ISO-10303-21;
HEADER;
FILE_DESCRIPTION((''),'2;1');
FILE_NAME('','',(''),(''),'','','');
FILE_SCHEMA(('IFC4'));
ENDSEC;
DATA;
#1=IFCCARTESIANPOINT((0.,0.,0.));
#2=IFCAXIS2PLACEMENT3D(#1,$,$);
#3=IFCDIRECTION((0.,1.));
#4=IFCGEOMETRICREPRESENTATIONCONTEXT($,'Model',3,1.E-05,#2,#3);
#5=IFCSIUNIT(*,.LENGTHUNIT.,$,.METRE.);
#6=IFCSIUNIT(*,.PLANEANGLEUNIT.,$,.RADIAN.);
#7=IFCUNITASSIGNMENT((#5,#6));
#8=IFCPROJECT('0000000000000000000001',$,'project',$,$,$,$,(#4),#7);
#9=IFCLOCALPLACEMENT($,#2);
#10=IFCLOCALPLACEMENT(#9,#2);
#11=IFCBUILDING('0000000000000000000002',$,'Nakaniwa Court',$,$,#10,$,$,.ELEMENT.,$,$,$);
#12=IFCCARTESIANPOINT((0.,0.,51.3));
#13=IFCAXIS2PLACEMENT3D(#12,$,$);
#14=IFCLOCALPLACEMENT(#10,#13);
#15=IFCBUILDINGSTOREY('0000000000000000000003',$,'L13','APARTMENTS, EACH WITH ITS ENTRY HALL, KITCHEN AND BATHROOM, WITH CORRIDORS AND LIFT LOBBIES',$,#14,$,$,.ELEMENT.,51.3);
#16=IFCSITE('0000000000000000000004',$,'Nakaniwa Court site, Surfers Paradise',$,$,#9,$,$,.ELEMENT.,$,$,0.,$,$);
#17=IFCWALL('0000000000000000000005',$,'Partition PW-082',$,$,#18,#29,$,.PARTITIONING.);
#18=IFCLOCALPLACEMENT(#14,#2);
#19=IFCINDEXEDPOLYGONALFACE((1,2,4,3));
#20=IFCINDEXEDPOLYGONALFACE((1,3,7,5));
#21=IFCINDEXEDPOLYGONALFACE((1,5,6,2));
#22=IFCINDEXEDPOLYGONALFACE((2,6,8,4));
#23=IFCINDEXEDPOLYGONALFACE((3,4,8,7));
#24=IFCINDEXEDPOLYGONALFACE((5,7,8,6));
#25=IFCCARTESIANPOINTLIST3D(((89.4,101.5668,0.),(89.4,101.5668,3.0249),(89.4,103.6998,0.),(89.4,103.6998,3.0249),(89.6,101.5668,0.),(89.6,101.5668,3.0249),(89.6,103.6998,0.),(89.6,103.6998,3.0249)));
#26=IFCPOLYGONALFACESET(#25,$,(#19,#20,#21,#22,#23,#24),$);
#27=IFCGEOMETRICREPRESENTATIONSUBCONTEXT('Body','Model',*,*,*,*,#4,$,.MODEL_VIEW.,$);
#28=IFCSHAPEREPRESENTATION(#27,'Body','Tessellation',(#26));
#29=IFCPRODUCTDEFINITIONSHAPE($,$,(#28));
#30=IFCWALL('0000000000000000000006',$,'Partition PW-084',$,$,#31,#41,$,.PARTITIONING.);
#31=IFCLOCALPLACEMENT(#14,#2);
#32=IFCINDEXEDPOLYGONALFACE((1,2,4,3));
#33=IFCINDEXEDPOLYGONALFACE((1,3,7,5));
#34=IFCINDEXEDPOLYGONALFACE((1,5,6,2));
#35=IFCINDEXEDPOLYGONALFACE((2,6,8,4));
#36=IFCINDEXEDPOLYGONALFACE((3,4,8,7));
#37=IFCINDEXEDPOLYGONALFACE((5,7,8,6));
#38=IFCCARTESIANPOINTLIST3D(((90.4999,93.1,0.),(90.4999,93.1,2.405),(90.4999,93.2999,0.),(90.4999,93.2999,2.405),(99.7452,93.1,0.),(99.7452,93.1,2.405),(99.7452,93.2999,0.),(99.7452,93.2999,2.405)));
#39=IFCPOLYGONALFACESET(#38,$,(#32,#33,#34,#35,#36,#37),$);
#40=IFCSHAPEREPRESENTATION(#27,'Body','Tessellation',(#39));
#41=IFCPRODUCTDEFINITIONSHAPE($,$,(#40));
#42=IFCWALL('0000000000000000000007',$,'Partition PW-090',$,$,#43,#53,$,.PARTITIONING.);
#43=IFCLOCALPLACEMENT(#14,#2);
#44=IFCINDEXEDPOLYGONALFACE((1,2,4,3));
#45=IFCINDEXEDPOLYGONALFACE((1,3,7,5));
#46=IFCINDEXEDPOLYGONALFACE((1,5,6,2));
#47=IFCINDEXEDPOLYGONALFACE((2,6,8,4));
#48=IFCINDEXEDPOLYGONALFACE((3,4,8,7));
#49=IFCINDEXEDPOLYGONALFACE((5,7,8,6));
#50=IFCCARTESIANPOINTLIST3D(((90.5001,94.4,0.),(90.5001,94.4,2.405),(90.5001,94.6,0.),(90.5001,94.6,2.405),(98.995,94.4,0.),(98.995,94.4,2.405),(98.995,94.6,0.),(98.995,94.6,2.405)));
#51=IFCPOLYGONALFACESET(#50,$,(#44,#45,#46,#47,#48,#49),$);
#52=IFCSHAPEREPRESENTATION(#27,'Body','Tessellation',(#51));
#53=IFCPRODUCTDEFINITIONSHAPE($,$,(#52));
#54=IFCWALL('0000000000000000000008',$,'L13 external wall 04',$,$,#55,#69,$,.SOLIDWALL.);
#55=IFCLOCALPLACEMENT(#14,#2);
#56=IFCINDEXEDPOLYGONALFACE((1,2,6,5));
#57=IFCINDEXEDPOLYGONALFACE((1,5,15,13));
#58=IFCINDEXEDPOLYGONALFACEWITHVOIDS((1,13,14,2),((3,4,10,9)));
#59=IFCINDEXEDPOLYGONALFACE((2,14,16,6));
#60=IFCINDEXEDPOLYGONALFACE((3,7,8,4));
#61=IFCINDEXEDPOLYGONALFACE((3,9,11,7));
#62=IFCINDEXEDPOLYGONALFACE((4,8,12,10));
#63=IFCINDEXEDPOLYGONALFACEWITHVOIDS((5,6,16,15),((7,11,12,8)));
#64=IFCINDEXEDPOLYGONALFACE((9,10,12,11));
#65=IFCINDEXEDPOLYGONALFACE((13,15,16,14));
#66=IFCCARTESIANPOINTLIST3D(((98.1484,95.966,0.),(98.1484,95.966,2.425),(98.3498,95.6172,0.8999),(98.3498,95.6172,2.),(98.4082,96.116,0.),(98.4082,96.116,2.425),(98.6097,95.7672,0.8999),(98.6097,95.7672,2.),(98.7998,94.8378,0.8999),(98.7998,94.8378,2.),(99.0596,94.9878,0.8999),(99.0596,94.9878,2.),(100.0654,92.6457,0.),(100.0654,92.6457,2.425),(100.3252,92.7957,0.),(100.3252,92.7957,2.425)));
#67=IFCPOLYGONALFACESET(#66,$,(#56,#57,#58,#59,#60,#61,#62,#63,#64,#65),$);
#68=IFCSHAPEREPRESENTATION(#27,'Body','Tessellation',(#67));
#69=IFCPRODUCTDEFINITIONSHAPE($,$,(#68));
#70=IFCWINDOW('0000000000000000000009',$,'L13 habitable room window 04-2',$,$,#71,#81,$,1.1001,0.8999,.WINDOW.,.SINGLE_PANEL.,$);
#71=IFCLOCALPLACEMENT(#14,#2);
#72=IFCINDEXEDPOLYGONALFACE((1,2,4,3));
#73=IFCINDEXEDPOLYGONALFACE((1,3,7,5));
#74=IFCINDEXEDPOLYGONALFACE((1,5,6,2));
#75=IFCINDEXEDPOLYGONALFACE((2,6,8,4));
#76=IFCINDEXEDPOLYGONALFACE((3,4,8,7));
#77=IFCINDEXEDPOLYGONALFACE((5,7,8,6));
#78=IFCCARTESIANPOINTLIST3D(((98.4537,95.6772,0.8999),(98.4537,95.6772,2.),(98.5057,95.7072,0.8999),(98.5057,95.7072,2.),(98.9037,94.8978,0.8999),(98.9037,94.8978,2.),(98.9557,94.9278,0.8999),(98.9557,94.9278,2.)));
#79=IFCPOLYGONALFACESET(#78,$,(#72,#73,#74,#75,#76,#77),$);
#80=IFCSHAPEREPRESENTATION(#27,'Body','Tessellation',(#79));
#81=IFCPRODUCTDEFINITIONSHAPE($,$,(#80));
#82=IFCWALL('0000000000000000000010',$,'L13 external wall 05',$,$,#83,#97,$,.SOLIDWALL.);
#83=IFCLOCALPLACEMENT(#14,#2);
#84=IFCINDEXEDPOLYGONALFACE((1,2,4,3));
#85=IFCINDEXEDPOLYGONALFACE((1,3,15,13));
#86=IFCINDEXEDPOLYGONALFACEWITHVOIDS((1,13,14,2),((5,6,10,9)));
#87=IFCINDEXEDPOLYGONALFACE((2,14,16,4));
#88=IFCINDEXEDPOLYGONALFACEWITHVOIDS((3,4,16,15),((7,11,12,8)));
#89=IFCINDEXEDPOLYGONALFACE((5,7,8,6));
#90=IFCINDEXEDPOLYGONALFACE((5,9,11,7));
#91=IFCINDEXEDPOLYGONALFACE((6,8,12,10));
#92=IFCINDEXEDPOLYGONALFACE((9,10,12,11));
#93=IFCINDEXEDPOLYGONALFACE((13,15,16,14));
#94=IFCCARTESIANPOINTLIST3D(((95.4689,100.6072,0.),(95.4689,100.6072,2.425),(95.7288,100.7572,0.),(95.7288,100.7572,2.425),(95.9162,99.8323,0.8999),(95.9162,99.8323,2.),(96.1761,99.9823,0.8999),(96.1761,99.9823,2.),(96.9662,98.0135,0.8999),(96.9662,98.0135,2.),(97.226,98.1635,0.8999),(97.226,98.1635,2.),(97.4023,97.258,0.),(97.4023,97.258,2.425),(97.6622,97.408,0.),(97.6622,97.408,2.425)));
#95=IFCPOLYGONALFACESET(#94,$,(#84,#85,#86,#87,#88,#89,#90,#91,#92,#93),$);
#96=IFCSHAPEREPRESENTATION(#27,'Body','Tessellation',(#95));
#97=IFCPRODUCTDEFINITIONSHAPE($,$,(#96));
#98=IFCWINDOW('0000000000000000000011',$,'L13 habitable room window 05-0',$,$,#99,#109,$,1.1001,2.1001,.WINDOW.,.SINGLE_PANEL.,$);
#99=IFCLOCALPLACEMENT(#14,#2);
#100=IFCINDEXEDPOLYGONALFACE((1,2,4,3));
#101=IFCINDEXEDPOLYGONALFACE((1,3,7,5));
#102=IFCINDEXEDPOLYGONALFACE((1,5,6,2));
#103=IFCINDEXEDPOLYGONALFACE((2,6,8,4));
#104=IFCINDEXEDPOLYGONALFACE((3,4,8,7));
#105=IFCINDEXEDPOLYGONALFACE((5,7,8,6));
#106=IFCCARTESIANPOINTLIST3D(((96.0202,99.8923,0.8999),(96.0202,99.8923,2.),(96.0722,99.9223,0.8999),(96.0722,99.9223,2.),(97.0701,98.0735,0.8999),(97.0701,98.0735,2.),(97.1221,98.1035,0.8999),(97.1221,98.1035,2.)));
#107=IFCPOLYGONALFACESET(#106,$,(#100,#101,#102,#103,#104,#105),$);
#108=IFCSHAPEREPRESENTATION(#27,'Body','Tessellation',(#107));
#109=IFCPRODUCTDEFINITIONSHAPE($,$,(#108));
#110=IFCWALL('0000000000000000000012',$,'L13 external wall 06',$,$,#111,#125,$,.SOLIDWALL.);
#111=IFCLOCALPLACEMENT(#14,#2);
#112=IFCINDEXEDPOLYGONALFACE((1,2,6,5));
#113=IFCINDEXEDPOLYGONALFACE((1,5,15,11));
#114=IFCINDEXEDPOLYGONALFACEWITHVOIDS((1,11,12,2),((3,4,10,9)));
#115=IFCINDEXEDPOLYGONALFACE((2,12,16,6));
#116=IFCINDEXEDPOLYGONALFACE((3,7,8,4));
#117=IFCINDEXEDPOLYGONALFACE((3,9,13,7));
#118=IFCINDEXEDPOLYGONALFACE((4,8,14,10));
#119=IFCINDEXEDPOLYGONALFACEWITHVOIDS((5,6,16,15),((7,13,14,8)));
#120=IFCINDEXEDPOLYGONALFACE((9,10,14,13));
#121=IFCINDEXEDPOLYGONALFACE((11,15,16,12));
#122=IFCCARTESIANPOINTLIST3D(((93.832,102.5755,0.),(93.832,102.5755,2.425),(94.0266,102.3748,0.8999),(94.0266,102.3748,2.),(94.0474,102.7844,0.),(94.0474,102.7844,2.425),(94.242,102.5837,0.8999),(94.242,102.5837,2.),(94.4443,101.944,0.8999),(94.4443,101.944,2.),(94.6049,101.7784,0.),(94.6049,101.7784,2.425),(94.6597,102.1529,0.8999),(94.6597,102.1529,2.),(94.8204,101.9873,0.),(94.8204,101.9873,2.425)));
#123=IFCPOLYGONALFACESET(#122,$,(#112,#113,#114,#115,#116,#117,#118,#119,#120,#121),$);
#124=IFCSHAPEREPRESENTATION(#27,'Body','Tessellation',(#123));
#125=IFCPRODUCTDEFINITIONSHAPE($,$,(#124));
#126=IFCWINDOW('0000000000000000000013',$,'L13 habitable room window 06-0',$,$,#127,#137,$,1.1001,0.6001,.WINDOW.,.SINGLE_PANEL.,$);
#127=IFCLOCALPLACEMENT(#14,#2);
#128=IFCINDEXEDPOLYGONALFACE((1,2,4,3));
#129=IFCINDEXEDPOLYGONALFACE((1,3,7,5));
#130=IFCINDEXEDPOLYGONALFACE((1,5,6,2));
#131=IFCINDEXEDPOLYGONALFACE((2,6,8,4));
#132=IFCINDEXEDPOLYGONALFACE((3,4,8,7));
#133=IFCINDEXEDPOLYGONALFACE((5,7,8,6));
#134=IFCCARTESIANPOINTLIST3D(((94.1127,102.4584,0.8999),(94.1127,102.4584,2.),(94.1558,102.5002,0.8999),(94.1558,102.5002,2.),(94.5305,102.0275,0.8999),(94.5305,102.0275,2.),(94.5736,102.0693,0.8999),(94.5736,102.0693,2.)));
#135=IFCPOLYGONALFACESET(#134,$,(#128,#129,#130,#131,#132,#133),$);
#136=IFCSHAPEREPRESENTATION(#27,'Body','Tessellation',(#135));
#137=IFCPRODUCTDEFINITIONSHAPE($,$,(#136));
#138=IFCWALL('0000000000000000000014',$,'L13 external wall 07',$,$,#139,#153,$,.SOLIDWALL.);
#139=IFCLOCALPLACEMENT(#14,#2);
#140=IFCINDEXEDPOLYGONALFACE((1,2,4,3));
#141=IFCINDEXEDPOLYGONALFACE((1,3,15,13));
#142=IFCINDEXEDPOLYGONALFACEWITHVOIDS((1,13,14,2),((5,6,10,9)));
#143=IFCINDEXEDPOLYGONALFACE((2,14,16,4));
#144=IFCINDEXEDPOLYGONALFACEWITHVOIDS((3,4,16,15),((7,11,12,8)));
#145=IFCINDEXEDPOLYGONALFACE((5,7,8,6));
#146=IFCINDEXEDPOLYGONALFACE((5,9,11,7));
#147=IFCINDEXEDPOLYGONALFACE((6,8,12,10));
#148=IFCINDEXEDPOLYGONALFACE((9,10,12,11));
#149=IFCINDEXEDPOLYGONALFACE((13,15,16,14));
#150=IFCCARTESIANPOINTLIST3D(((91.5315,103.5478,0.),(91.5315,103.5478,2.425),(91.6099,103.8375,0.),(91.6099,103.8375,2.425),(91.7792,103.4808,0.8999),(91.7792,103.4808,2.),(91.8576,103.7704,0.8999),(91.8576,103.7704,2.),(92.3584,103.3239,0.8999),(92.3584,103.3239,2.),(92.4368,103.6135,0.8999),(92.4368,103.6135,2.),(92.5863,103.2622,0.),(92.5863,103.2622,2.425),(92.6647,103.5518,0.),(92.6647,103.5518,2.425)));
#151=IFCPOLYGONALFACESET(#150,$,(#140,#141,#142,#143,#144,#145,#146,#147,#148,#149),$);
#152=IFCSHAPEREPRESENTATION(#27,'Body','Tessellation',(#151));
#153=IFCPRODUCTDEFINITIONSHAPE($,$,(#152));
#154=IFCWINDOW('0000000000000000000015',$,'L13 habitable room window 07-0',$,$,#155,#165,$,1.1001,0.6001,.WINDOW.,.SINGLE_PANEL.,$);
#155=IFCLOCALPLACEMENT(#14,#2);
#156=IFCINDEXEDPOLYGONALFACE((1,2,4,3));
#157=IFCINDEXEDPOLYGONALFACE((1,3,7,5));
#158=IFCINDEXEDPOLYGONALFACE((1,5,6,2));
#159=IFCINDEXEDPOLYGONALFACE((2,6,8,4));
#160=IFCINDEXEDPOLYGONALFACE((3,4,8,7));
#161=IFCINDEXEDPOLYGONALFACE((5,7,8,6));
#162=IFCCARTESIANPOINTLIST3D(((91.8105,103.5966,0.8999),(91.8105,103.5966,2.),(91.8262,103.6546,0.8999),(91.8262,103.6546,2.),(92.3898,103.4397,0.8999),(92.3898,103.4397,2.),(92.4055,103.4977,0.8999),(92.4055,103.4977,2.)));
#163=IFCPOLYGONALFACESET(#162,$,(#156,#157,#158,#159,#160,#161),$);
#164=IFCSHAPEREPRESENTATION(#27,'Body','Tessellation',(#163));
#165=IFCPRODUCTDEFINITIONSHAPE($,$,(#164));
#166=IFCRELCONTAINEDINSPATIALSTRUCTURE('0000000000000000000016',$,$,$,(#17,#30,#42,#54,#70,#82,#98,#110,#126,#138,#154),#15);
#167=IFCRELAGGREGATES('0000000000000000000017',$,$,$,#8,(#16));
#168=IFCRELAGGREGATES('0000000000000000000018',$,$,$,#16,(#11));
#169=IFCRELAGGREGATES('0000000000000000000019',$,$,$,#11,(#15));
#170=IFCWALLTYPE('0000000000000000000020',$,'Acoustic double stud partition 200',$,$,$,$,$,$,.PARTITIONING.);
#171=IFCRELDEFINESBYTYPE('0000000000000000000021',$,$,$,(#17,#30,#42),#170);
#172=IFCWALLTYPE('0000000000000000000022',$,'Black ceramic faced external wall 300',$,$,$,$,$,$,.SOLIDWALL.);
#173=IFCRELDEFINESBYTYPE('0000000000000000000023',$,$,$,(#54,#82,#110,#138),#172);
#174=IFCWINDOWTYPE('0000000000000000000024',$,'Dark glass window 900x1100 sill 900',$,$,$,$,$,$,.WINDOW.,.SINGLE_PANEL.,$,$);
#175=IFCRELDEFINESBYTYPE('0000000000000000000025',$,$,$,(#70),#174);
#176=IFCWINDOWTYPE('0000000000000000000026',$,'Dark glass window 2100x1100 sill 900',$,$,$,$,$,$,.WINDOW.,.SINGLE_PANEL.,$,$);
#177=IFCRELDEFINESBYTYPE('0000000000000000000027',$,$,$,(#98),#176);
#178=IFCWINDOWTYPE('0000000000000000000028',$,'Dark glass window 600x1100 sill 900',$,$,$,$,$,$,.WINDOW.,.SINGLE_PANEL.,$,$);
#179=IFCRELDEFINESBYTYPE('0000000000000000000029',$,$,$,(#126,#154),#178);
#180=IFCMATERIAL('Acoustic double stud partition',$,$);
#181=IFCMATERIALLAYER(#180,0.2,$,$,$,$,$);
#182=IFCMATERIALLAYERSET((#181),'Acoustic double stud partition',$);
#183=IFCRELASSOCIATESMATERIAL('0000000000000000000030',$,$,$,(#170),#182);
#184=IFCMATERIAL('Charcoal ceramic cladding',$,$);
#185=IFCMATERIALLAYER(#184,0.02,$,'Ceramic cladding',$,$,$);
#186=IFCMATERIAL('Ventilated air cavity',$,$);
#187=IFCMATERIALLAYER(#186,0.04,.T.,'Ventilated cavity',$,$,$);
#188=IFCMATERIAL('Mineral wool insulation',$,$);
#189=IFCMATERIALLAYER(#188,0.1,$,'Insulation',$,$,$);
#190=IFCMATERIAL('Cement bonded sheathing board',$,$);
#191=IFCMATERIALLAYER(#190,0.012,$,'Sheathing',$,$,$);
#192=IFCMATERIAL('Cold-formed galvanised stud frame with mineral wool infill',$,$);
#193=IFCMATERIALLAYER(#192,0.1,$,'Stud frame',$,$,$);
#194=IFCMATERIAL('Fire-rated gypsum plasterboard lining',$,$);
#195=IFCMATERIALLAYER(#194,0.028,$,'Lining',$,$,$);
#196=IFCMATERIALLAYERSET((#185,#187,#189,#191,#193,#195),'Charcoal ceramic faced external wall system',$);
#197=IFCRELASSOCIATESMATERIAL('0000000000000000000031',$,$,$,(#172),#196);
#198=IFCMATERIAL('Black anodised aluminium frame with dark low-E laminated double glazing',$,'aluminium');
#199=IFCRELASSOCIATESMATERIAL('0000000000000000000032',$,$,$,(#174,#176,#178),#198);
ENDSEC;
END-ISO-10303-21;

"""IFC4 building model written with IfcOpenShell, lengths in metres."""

from ifc_helpers import new_model, si_unit, direction, frame, frame_2d, origin, place, context, subcontext, project, spatial, rectangle, extrude, material, layer, layer_set, type_object, element, fill, save


model = new_model("IFC4")

# Units and contexts
model_context = context("Model", 3, precision=1e-05, world=origin(), true_north=direction((0.0, 1.0)))
body_context = subcontext(model_context, "Body", "Model", "MODEL_VIEW")
ifc_project = project(units=[si_unit("LENGTHUNIT", "METRE"), si_unit("PLANEANGLEUNIT", "RADIAN")], contexts=[model_context])

# Site, building, storey
site_placement = place(None, origin())
site = spatial("IfcSite", under=ifc_project, at=site_placement, Name="Nakaniwa Court site, Surfers Paradise", CompositionType="ELEMENT", RefElevation=0.0)
building_placement = place(site_placement, origin())
building = spatial("IfcBuilding", under=site, at=building_placement, Name="Nakaniwa Court", CompositionType="ELEMENT")
storey_placement = place(building_placement, frame((0.0, 0.0, 51.3)))
storey = spatial("IfcBuildingStorey", under=building, at=storey_placement, Name="L13", Description="APARTMENTS, EACH WITH ITS ENTRY HALL, KITCHEN AND BATHROOM, WITH CORRIDORS AND LIFT LOBBIES", CompositionType="ELEMENT", Elevation=51.3)

# Shared definitions
ifc_material_1 = material(Name="Acoustic double stud partition")
ifc_layer_1 = layer(ifc_material_1, 0.2)
ifc_layer_set_1 = layer_set([ifc_layer_1], Name="Acoustic double stud partition")
wall_type_1 = type_object("IfcWallType", Name="Acoustic double stud partition 200", PredefinedType="PARTITIONING", material=ifc_layer_set_1)

# Walls
wall_1_placement = place(storey_placement, frame((89.5, 101.5669, 0.0), z_axis=(0.0, 0.0, 1.0), x_axis=(0.0, 1.0, 0.0)))
element("IfcWall", 1, at=wall_1_placement, inside=storey, type_object=wall_type_1, Name="Partition PW-082", PredefinedType="PARTITIONING", context=body_context, shape_type="SweptSolid", body=[
    extrude(rectangle(XDim=2.1331, YDim=0.2, at=frame_2d((1.0664, 0.0))), origin(), (0.0, 0.0, 1.0), 3.0249),
])
wall_2_placement = place(storey_placement, frame((90.5, 93.2, 0.0), z_axis=(0.0, 0.0, 1.0), x_axis=(1.0, 0.0, 0.0)))
element("IfcWall", 2, at=wall_2_placement, inside=storey, type_object=wall_type_1, Name="Partition PW-084", PredefinedType="PARTITIONING", context=body_context, shape_type="SweptSolid", body=[
    extrude(rectangle(XDim=9.2454, YDim=0.2, at=frame_2d((4.6226, 0.0))), origin(), (0.0, 0.0, 1.0), 2.405),
])
wall_3_placement = place(storey_placement, frame((90.5, 94.5, 0.0), z_axis=(0.0, 0.0, 1.0), x_axis=(1.0, 0.0, 0.0)))
element("IfcWall", 3, at=wall_3_placement, inside=storey, type_object=wall_type_1, Name="Partition PW-090", PredefinedType="PARTITIONING", context=body_context, shape_type="SweptSolid", body=[
    extrude(rectangle(XDim=8.4949, YDim=0.2, at=frame_2d((4.2476, 0.0))), origin(), (0.0, 0.0, 1.0), 2.405),
])

# Walls, openings, windows
ifc_material_2 = material(Name="Charcoal ceramic cladding")
ifc_layer_2 = layer(ifc_material_2, 0.02, Name="Ceramic cladding")
ifc_material_3 = material(Name="Ventilated air cavity")
ifc_layer_3 = layer(ifc_material_3, 0.04, ventilated=True, Name="Ventilated cavity")
ifc_material_4 = material(Name="Mineral wool insulation")
ifc_layer_4 = layer(ifc_material_4, 0.1, Name="Insulation")
ifc_material_5 = material(Name="Cement bonded sheathing board")
ifc_layer_5 = layer(ifc_material_5, 0.012, Name="Sheathing")
ifc_material_6 = material(Name="Cold-formed galvanised stud frame with mineral wool infill")
ifc_layer_6 = layer(ifc_material_6, 0.1, Name="Stud frame")
ifc_material_7 = material(Name="Fire-rated gypsum plasterboard lining")
ifc_layer_7 = layer(ifc_material_7, 0.028, Name="Lining")
ifc_layer_set_2 = layer_set([ifc_layer_2, ifc_layer_3, ifc_layer_4, ifc_layer_5, ifc_layer_6, ifc_layer_7], Name="Charcoal ceramic faced external wall system")
wall_type_2 = type_object("IfcWallType", Name="Black ceramic faced external wall 300", PredefinedType="SOLIDWALL", material=ifc_layer_set_2)
wall_4_placement = place(storey_placement, frame((100.1953, 92.7207, 0.0), z_axis=(0.0, 0.0, 1.0), x_axis=(-0.500002, 0.866024, 0.0)))
wall_4 = element("IfcWall", 4, at=wall_4_placement, inside=storey, type_object=wall_type_2, Name="L13 external wall 04", PredefinedType="SOLIDWALL", context=body_context, shape_type="SweptSolid", body=[
    extrude(rectangle(XDim=3.834, YDim=0.3, at=frame_2d((1.917, 0.0))), origin(), (0.0, 0.0, 1.0), 2.425),
])
opening_1_placement = place(wall_4_placement, frame((2.5312, 0.0, 0.8999)))
opening_1 = element("IfcOpeningElement", 5, at=opening_1_placement, cuts=wall_4, PredefinedType="OPENING", context=body_context, shape_type="SweptSolid", body=[
    extrude(rectangle(XDim=0.8999, YDim=1.1001, at=frame_2d((0.45, 0.55))), frame((0.0, 0.1599, 0.0), z_axis=(0.0, -1.0, 0.0), x_axis=(1.0, 0.0, 0.0)), (0.0, 0.0, 1.0), 0.3201),
])
ifc_material_8 = material(Name="Black anodised aluminium frame with dark low-E laminated double glazing", Category="aluminium")
window_type_1 = type_object("IfcWindowType", Name="Dark glass window 900x1100 sill 900", PartitioningType="SINGLE_PANEL", PredefinedType="WINDOW", material=ifc_material_8)
window_1_placement = place(opening_1_placement, origin())
window_1 = element("IfcWindow", 6, at=window_1_placement, inside=storey, type_object=window_type_1, Name="L13 habitable room window 04-2", OverallHeight=1.1001, OverallWidth=0.8999, PartitioningType="SINGLE_PANEL", PredefinedType="WINDOW", context=body_context, shape_type="SweptSolid", body=[
    extrude(rectangle(XDim=0.8999, YDim=1.1001, at=frame_2d((0.45, 0.55))), frame((0.0, 0.03, 0.0), z_axis=(0.0, -1.0, 0.0), x_axis=(1.0, 0.0, 0.0)), (0.0, 0.0, 1.0), 0.0601),
])
fill(opening_1, window_1)
wall_5_placement = place(storey_placement, frame((97.5322, 97.333, 0.0), z_axis=(0.0, 0.0, 1.0), x_axis=(-0.499948, 0.866055, 0.0)))
wall_5 = element("IfcWall", 7, at=wall_5_placement, inside=storey, type_object=wall_type_2, Name="L13 external wall 05", PredefinedType="SOLIDWALL", context=body_context, shape_type="SweptSolid", body=[
    extrude(rectangle(XDim=3.8672, YDim=0.3, at=frame_2d((1.9336, 0.0))), origin(), (0.0, 0.0, 1.0), 2.425),
])
opening_2_placement = place(wall_5_placement, frame((0.8723, 0.0, 0.8999)))
opening_2 = element("IfcOpeningElement", 8, at=opening_2_placement, cuts=wall_5, PredefinedType="OPENING", context=body_context, shape_type="SweptSolid", body=[
    extrude(rectangle(XDim=2.1001, YDim=1.1001, at=frame_2d((1.05, 0.55))), frame((0.0, 0.1599, 0.0), z_axis=(0.0, -1.0, 0.0), x_axis=(1.0, 0.0, 0.0)), (0.0, 0.0, 1.0), 0.3201),
])
window_type_2 = type_object("IfcWindowType", Name="Dark glass window 2100x1100 sill 900", PartitioningType="SINGLE_PANEL", PredefinedType="WINDOW", material=ifc_material_8)
window_2_placement = place(opening_2_placement, origin())
window_2 = element("IfcWindow", 9, at=window_2_placement, inside=storey, type_object=window_type_2, Name="L13 habitable room window 05-0", OverallHeight=1.1001, OverallWidth=2.1001, PartitioningType="SINGLE_PANEL", PredefinedType="WINDOW", context=body_context, shape_type="SweptSolid", body=[
    extrude(rectangle(XDim=2.1001, YDim=1.1001, at=frame_2d((1.05, 0.55))), frame((0.0, 0.03, 0.0), z_axis=(0.0, -1.0, 0.0), x_axis=(1.0, 0.0, 0.0)), (0.0, 0.0, 1.0), 0.0601),
])
fill(opening_2, window_2)
wall_6_placement = place(storey_placement, frame((94.7126, 101.8828, 0.0), z_axis=(0.0, 0.0, 1.0), x_axis=(-0.696139, 0.717907, 0.0)))
wall_6 = element("IfcWall", 10, at=wall_6_placement, inside=storey, type_object=wall_type_2, Name="L13 external wall 06", PredefinedType="SOLIDWALL", context=body_context, shape_type="SweptSolid", body=[
    extrude(rectangle(XDim=1.1104, YDim=0.3, at=frame_2d((0.5552, 0.0))), origin(), (0.0, 0.0, 1.0), 2.425),
])
opening_3_placement = place(wall_6_placement, frame((0.2307, 0.0, 0.8999)))
opening_3 = element("IfcOpeningElement", 11, at=opening_3_placement, cuts=wall_6, PredefinedType="OPENING", context=body_context, shape_type="SweptSolid", body=[
    extrude(rectangle(XDim=0.6001, YDim=1.1001, at=frame_2d((0.3, 0.55))), frame((0.0, 0.1599, 0.0), z_axis=(0.0, -1.0, 0.0), x_axis=(1.0, 0.0, 0.0)), (0.0, 0.0, 1.0), 0.3201),
])
window_type_3 = type_object("IfcWindowType", Name="Dark glass window 600x1100 sill 900", PartitioningType="SINGLE_PANEL", PredefinedType="WINDOW", material=ifc_material_8)
window_3_placement = place(opening_3_placement, origin())
window_3 = element("IfcWindow", 12, at=window_3_placement, inside=storey, type_object=window_type_3, Name="L13 habitable room window 06-0", OverallHeight=1.1001, OverallWidth=0.6001, PartitioningType="SINGLE_PANEL", PredefinedType="WINDOW", context=body_context, shape_type="SweptSolid", body=[
    extrude(rectangle(XDim=0.6001, YDim=1.1001, at=frame_2d((0.3, 0.55))), frame((0.0, 0.03, 0.0), z_axis=(0.0, -1.0, 0.0), x_axis=(1.0, 0.0, 0.0)), (0.0, 0.0, 1.0), 0.0601),
])
fill(opening_3, window_3)
wall_7_placement = place(storey_placement, frame((92.6255, 103.407, 0.0), z_axis=(0.0, 0.0, 1.0), x_axis=(-0.965226, 0.261415, 0.0)))
wall_7 = element("IfcWall", 13, at=wall_7_placement, inside=storey, type_object=wall_type_2, Name="L13 external wall 07", PredefinedType="SOLIDWALL", context=body_context, shape_type="SweptSolid", body=[
    extrude(rectangle(XDim=1.0928, YDim=0.3, at=frame_2d((0.5464, 0.0))), origin(), (0.0, 0.0, 1.0), 2.425),
])
opening_4_placement = place(wall_7_placement, frame((0.2361, 0.0, 0.8999)))
opening_4 = element("IfcOpeningElement", 14, at=opening_4_placement, cuts=wall_7, PredefinedType="OPENING", context=body_context, shape_type="SweptSolid", body=[
    extrude(rectangle(XDim=0.6001, YDim=1.1001, at=frame_2d((0.3, 0.55))), frame((0.0, 0.1599, 0.0), z_axis=(0.0, -1.0, 0.0), x_axis=(1.0, 0.0, 0.0)), (0.0, 0.0, 1.0), 0.3201),
])
window_4_placement = place(opening_4_placement, origin())
window_4 = element("IfcWindow", 15, at=window_4_placement, inside=storey, type_object=window_type_3, Name="L13 habitable room window 07-0", OverallHeight=1.1001, OverallWidth=0.6001, PartitioningType="SINGLE_PANEL", PredefinedType="WINDOW", context=body_context, shape_type="SweptSolid", body=[
    extrude(rectangle(XDim=0.6001, YDim=1.1001, at=frame_2d((0.3, 0.55))), frame((0.0, 0.03, 0.0), z_axis=(0.0, -1.0, 0.0), x_axis=(1.0, 0.0, 0.0)), (0.0, 0.0, 1.0), 0.0601),
])
fill(opening_4, window_4)

save(model, "model.ifc")
